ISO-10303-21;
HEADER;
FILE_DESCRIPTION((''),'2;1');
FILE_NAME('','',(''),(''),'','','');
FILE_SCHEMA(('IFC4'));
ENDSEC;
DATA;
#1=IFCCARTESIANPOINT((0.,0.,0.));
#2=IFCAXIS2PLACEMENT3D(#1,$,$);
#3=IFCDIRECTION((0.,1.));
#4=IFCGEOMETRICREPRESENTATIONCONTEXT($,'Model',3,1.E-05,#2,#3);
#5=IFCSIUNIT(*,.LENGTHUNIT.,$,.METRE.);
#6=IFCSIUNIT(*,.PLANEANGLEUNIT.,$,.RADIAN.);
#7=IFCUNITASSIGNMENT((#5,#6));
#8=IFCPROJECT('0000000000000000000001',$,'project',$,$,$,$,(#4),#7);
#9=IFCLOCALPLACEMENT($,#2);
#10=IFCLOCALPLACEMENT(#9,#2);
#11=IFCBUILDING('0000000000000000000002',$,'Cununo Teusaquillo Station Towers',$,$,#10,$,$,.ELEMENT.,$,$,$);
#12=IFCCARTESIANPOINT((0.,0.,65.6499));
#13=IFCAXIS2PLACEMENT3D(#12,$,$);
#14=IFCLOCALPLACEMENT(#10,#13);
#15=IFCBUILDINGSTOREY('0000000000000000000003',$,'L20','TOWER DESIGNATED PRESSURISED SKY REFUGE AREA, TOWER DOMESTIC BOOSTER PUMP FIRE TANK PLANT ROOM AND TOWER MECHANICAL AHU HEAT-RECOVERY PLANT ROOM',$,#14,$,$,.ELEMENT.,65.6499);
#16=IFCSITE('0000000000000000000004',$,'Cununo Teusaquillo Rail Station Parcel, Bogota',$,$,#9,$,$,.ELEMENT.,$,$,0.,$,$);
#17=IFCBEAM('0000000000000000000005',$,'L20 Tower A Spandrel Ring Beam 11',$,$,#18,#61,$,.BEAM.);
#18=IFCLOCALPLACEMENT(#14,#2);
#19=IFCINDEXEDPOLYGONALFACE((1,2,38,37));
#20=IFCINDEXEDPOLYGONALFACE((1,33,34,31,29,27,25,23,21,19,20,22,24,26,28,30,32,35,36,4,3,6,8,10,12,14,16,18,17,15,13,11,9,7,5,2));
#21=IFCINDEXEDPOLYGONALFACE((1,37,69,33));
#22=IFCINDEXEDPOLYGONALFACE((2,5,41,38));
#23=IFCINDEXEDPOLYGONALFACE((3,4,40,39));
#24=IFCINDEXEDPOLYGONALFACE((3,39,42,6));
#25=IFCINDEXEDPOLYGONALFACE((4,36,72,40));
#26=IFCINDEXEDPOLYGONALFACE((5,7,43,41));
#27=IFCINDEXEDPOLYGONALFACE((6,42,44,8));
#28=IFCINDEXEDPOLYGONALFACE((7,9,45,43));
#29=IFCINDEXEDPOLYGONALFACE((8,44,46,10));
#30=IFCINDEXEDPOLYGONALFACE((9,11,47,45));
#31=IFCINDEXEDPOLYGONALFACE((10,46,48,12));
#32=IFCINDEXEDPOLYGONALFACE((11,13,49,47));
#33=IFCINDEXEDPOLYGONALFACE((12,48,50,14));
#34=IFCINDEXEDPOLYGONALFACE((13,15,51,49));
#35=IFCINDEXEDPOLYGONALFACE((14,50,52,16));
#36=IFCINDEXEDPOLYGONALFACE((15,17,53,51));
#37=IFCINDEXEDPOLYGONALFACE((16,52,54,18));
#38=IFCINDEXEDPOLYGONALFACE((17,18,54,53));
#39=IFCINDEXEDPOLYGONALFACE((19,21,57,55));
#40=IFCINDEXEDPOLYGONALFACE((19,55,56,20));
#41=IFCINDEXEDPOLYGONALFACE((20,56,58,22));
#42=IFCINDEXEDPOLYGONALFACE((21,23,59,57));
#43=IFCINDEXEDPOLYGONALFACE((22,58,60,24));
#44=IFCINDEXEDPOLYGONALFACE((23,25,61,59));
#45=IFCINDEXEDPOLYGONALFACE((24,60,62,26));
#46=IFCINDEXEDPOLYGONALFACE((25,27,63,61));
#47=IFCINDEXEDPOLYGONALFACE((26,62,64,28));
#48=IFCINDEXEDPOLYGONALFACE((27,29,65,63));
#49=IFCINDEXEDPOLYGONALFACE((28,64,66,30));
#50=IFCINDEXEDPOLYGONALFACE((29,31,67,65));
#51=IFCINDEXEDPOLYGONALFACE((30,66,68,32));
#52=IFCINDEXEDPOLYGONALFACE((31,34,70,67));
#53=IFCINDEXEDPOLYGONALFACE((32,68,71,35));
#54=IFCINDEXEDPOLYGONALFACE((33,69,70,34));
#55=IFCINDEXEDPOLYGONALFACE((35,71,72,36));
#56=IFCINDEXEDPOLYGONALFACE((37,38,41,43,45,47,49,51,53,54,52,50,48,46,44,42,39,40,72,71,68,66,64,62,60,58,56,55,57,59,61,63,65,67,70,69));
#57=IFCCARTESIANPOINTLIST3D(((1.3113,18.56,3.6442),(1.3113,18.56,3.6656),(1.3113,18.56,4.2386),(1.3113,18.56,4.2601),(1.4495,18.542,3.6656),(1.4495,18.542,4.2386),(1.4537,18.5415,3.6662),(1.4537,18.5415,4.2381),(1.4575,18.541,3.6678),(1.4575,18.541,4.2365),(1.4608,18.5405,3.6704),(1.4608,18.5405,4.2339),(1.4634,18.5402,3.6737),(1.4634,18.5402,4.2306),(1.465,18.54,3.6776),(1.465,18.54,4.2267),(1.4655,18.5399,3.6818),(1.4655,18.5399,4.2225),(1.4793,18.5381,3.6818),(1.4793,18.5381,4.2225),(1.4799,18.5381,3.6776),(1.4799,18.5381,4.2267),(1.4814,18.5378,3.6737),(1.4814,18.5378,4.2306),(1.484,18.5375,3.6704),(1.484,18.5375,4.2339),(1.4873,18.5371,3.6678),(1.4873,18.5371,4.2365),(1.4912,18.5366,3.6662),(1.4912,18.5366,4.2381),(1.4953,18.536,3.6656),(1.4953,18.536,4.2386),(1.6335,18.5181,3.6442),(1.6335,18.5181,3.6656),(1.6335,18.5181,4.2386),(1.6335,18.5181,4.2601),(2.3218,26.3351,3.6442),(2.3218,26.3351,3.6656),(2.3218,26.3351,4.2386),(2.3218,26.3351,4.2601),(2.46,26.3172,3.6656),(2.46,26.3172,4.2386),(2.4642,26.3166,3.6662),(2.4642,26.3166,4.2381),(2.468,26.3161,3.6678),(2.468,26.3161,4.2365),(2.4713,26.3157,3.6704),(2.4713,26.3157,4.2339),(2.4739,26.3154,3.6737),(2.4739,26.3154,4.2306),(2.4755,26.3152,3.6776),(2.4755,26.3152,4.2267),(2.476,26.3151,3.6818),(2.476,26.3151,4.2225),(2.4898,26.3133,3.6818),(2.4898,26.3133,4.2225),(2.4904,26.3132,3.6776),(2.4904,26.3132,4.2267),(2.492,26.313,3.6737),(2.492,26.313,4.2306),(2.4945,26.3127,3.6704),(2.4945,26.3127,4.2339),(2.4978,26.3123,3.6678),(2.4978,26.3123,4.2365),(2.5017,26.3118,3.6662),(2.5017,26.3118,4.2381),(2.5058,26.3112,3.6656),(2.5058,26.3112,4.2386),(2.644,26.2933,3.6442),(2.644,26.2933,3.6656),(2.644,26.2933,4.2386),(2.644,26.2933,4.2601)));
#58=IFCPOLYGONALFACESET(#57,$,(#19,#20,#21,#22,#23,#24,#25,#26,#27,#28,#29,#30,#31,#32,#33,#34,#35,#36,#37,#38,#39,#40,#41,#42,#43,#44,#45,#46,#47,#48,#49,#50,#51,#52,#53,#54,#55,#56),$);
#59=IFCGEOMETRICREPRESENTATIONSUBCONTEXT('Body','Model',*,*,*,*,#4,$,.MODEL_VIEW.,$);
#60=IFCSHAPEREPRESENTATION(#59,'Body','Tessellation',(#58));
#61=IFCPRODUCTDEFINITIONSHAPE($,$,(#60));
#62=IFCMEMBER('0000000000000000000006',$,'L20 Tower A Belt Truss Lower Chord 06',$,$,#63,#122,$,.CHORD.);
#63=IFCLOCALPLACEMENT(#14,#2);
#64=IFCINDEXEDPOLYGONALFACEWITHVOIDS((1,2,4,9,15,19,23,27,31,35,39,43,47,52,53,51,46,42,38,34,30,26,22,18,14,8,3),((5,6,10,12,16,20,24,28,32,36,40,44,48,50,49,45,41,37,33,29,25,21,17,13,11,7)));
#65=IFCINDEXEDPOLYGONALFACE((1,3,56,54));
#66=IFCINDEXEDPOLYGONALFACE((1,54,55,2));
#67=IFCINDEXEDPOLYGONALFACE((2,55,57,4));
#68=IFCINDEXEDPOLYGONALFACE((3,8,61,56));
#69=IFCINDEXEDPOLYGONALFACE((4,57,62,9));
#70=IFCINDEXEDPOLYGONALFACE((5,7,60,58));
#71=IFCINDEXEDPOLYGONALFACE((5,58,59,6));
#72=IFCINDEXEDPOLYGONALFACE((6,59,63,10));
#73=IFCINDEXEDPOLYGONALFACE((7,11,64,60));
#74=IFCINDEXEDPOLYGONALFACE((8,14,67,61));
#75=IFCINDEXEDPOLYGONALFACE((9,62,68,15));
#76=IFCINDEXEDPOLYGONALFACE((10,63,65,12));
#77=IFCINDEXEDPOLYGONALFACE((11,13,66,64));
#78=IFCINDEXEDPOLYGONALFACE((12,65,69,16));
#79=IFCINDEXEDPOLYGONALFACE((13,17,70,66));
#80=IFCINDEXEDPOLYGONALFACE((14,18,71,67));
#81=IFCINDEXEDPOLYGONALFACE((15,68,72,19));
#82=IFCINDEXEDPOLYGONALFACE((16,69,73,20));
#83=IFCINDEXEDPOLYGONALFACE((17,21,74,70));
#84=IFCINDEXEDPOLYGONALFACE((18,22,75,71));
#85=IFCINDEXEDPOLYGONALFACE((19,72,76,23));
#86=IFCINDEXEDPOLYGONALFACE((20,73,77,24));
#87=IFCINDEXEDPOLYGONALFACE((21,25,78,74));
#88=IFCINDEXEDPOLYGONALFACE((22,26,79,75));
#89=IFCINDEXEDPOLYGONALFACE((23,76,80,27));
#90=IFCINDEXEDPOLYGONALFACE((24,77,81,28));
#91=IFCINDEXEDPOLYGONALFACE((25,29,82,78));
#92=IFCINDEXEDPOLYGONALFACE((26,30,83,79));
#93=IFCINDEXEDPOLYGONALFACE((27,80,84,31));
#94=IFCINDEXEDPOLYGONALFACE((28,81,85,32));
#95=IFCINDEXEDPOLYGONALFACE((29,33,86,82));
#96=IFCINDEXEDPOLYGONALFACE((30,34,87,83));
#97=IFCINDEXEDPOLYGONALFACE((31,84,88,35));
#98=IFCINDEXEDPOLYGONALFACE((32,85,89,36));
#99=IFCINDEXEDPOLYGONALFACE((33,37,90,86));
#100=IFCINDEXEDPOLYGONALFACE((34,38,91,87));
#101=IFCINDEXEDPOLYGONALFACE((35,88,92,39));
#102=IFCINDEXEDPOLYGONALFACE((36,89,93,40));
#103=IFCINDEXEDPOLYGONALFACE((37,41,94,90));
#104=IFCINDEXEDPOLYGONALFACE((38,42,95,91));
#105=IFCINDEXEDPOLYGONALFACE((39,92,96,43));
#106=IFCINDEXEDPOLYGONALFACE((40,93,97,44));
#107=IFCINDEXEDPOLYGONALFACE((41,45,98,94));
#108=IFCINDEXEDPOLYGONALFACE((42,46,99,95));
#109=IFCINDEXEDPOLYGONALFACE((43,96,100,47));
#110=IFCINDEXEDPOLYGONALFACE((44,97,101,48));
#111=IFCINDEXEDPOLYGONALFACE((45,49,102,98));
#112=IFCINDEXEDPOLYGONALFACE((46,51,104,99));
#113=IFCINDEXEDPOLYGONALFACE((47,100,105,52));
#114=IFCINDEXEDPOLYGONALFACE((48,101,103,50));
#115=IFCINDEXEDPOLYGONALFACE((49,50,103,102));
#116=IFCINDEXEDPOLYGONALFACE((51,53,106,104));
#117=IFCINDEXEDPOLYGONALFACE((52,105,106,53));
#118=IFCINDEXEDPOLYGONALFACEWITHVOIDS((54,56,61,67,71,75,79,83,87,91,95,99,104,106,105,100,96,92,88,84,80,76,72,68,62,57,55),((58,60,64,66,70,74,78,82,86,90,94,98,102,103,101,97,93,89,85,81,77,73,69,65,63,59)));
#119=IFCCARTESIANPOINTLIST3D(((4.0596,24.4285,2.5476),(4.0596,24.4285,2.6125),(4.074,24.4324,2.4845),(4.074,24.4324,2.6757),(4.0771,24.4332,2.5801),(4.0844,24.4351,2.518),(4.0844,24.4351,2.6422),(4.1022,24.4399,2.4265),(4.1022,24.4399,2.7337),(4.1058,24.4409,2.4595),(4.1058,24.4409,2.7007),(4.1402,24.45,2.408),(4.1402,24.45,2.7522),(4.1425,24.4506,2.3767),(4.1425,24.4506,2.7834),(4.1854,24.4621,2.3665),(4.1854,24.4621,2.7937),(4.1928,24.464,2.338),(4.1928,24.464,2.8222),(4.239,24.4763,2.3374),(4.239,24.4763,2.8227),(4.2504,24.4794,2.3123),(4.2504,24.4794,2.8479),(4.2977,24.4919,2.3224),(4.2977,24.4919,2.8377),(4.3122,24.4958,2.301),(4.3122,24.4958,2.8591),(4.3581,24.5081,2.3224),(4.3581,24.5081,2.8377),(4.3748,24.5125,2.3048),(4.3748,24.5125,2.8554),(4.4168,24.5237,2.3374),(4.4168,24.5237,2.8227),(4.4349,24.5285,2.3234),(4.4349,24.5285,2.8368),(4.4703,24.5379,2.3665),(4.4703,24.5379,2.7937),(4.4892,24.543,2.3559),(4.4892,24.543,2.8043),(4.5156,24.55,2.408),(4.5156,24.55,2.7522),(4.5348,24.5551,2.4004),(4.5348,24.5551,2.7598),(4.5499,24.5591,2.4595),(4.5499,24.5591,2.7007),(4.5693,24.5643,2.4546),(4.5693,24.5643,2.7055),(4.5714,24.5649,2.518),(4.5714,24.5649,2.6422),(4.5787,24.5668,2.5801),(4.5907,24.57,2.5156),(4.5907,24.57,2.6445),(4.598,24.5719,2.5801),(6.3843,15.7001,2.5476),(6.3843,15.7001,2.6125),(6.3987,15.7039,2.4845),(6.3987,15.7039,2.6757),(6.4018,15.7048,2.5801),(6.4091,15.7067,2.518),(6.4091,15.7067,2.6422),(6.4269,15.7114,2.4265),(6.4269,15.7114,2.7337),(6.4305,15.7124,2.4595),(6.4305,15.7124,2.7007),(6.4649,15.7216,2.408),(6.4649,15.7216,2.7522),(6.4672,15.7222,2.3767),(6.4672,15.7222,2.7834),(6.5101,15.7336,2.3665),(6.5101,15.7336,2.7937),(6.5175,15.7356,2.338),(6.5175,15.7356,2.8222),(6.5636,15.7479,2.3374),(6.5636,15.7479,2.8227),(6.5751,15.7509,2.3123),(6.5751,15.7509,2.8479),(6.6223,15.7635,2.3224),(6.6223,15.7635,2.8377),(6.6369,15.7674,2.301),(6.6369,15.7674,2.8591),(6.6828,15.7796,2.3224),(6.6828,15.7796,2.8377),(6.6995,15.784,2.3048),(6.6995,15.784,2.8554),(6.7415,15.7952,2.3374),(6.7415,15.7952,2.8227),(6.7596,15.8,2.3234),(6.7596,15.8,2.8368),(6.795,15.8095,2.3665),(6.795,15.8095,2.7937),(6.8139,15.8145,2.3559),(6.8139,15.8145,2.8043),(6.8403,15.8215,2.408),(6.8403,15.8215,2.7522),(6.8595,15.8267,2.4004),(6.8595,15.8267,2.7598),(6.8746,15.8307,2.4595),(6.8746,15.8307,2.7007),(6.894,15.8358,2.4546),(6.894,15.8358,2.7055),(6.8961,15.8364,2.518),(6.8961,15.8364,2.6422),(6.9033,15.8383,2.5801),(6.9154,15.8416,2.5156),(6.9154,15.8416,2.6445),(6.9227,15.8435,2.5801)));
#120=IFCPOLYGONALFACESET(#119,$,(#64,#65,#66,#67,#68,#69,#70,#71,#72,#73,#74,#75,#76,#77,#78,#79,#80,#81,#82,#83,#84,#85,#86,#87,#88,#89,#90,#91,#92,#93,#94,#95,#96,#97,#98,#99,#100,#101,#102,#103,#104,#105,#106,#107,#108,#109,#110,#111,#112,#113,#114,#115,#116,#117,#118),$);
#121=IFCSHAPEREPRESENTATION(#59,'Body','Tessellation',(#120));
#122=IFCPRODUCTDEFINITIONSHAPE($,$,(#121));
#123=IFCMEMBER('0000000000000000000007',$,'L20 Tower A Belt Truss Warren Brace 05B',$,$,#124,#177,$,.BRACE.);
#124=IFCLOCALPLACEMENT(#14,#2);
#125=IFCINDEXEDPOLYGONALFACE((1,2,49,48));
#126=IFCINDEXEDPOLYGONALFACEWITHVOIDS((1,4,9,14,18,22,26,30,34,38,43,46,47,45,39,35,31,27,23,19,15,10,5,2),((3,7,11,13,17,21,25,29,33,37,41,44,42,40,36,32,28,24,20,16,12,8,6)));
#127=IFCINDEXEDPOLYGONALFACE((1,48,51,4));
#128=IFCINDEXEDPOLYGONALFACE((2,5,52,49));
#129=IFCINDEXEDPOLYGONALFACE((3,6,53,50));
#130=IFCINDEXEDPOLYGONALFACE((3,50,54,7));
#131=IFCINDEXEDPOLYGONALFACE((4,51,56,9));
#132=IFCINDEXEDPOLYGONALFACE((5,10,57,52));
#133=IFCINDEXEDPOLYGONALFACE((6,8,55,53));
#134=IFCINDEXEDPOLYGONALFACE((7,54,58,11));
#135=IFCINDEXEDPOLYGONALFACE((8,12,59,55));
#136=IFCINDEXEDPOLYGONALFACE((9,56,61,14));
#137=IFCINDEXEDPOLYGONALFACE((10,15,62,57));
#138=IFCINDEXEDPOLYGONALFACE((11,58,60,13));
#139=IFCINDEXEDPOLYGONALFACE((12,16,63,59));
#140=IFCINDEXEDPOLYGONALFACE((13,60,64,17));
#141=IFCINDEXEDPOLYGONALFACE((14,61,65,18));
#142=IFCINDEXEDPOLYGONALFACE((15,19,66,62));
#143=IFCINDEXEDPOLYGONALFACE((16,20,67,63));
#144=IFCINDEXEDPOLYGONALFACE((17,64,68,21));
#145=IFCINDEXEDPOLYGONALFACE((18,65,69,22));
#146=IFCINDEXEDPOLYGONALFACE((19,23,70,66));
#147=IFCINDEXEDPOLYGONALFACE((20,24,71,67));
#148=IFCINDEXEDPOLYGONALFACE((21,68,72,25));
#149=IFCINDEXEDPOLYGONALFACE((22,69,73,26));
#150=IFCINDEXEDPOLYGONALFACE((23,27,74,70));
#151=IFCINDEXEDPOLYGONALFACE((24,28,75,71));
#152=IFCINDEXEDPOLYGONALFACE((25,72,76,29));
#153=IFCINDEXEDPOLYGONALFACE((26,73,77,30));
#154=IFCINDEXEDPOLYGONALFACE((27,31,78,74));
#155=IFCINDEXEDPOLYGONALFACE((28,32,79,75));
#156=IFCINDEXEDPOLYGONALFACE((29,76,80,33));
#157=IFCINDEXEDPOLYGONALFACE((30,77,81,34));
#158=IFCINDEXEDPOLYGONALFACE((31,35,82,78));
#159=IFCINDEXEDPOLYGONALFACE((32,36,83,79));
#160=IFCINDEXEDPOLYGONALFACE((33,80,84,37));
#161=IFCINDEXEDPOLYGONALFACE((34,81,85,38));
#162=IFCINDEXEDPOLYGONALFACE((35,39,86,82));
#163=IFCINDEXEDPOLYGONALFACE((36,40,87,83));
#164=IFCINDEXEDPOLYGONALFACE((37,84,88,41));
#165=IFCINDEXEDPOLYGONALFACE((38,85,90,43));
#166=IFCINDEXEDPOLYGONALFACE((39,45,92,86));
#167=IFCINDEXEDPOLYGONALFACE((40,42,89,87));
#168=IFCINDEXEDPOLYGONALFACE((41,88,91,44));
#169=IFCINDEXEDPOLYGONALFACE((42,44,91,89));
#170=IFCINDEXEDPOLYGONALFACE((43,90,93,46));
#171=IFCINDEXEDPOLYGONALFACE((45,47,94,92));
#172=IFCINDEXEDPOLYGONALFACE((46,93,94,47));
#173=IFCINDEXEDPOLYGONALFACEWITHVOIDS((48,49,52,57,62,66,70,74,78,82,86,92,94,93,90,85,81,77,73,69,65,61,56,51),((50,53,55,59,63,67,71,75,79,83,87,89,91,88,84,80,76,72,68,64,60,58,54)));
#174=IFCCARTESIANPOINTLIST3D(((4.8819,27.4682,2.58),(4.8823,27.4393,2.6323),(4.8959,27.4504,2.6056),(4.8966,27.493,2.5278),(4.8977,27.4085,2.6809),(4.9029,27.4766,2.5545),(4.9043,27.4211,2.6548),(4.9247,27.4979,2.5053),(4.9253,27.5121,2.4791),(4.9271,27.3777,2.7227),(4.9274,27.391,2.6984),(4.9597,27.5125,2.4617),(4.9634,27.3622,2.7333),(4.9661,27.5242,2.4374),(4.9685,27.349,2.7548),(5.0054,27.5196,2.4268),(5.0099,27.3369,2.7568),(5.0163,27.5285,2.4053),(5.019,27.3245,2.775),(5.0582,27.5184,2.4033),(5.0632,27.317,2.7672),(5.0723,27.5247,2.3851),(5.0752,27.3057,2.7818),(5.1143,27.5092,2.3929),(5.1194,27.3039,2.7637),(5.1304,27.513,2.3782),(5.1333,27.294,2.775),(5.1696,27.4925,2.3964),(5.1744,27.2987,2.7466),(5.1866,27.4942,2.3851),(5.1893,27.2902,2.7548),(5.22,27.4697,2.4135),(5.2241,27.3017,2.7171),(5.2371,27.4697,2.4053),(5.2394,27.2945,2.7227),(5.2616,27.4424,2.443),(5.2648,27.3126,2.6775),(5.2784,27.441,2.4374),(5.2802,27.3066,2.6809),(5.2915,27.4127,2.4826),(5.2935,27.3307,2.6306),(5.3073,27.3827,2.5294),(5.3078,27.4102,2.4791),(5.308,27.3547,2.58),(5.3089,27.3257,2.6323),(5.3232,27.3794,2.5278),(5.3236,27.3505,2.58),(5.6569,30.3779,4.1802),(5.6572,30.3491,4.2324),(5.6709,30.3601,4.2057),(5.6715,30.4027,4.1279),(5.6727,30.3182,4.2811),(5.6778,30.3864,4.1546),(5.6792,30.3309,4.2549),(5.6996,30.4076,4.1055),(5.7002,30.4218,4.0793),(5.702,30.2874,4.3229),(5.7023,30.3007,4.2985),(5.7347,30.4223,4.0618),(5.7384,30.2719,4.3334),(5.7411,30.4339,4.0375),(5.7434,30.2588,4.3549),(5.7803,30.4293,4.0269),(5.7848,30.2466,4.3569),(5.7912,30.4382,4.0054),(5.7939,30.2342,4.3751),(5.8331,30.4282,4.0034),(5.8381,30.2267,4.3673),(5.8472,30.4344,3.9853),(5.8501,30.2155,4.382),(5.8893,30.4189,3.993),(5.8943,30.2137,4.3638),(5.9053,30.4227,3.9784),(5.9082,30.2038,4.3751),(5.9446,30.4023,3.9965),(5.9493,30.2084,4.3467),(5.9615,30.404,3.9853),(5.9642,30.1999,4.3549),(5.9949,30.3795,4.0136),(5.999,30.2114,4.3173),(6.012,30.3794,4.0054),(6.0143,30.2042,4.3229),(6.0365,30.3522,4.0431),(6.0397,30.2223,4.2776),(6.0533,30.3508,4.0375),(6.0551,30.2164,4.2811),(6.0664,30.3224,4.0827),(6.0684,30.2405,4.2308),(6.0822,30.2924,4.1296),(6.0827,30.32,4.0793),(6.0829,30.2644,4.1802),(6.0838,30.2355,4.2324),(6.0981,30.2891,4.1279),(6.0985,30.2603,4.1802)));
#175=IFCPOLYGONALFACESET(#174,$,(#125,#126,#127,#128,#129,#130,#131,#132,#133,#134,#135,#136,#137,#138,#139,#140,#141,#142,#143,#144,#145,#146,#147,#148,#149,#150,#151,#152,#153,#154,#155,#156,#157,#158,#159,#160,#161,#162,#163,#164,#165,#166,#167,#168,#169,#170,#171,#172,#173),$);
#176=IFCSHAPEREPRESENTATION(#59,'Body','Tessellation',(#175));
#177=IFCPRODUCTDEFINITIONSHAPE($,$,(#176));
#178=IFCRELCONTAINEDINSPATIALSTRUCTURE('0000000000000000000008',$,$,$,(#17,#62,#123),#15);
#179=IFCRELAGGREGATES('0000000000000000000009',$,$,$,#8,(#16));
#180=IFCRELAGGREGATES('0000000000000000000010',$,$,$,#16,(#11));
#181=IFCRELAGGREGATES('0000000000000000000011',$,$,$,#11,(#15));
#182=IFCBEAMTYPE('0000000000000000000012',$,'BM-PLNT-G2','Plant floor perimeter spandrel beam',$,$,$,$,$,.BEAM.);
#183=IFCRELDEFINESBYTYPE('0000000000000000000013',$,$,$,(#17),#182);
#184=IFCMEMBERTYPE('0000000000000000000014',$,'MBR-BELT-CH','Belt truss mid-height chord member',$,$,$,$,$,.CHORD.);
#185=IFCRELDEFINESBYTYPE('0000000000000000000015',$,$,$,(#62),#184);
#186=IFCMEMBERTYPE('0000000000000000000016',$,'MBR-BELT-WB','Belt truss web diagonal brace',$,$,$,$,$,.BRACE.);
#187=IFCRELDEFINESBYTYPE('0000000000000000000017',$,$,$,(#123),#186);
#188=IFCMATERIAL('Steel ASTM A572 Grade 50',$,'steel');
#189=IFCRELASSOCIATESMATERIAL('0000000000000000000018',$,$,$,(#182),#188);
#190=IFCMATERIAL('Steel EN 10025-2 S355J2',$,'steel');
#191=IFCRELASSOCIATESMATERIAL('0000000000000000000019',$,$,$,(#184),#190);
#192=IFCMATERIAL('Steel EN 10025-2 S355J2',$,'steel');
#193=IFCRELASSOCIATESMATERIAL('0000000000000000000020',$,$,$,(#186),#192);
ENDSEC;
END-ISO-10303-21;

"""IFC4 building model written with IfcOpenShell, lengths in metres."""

from ifc_helpers import new_model, si_unit, direction, frame, origin, origin_2d, place, context, subcontext, project, spatial, hollow_circle, i_section, extrude, material, material_profile, profile_set, type_object, element, save


model = new_model("IFC4")

# Units and contexts
model_context = context("Model", 3, precision=1e-05, world=origin(), true_north=direction((0.0, 1.0)))
body_context = subcontext(model_context, "Body", "Model", "MODEL_VIEW")
ifc_project = project(units=[si_unit("LENGTHUNIT", "METRE"), si_unit("PLANEANGLEUNIT", "RADIAN")], contexts=[model_context])

# Site, building, storey
site_placement = place(None, origin())
site = spatial("IfcSite", under=ifc_project, at=site_placement, Name="Cununo Teusaquillo Rail Station Parcel, Bogota", CompositionType="ELEMENT", RefElevation=0.0)
building_placement = place(site_placement, origin())
building = spatial("IfcBuilding", under=site, at=building_placement, Name="Cununo Teusaquillo Station Towers", CompositionType="ELEMENT")
storey_placement = place(building_placement, frame((0.0, 0.0, 65.6499)))
storey = spatial("IfcBuildingStorey", under=building, at=storey_placement, Name="L20", Description="TOWER DESIGNATED PRESSURISED SKY REFUGE AREA, TOWER DOMESTIC BOOSTER PUMP FIRE TANK PLANT ROOM AND TOWER MECHANICAL AHU HEAT-RECOVERY PLANT ROOM", CompositionType="ELEMENT", Elevation=65.6499)

# Beam
ifc_material_1 = material(Name="Steel ASTM A572 Grade 50", Category="steel")
ifc_material_profile_1 = material_profile(ifc_material_1, i_section(OverallWidth=0.325, OverallDepth=0.616, WebThickness=0.0139, FlangeThickness=0.0215, FilletRadius=0.0161, at=origin_2d()), Name="W24X117")
ifc_profile_set_1 = profile_set([ifc_material_profile_1], Name="Steel ASTM A572 Grade 50")
beam_type_1 = type_object("IfcBeamType", Name="BM-PLNT-G2", Description="Plant floor perimeter spandrel beam", PredefinedType="BEAM", material=ifc_profile_set_1)
beam_1_placement = place(storey_placement, frame((2.4829, 26.3142, 3.9521), z_axis=(-0.128881, -0.99166, 0.0), x_axis=(0.99166, -0.128881, 0.0)))
element("IfcBeam", 1, at=beam_1_placement, inside=storey, type_object=beam_type_1, Name="L20 Tower A Spandrel Ring Beam 11", PredefinedType="BEAM", context=body_context, shape_type="SweptSolid", body=[
    extrude(i_section(OverallWidth=0.325, OverallDepth=0.616, WebThickness=0.0139, FlangeThickness=0.0215, FilletRadius=0.0161, at=origin_2d()), origin(), (0.0, 0.0, 1.0), 7.8406),
])

# Members
ifc_material_2 = material(Name="Steel EN 10025-2 S355J2", Category="steel")
ifc_material_profile_2 = material_profile(ifc_material_2, hollow_circle(Radius=0.2795, WallThickness=0.02, at=origin_2d()), Name="CHS 559x20")
ifc_profile_set_2 = profile_set([ifc_material_profile_2], Name="Steel EN 10025-2 S355J2")
member_type_1 = type_object("IfcMemberType", Name="MBR-BELT-CH", Description="Belt truss mid-height chord member", PredefinedType="CHORD", material=ifc_profile_set_2)
member_1_placement = place(storey_placement, frame((4.3279, 24.5, 2.5801), z_axis=(0.257363, -0.966315, 0.0), x_axis=(0.966315, 0.257363, 0.0)))
element("IfcMember", 2, at=member_1_placement, inside=storey, type_object=member_type_1, Name="L20 Tower A Belt Truss Lower Chord 06", PredefinedType="CHORD", context=body_context, shape_type="SweptSolid", body=[
    extrude(hollow_circle(Radius=0.2795, WallThickness=0.02, at=origin_2d()), origin(), (0.0, 0.0, 1.0), 9.0327),
])
ifc_material_3 = material(Name="Steel EN 10025-2 S355J2", Category="steel")
ifc_material_profile_3 = material_profile(ifc_material_3, hollow_circle(Radius=0.2285, WallThickness=0.0161, at=origin_2d()), Name="CHS 457x16")
ifc_profile_set_3 = profile_set([ifc_material_profile_3], Name="Steel EN 10025-2 S355J2")
member_type_2 = type_object("IfcMemberType", Name="MBR-BELT-WB", Description="Belt truss web diagonal brace", PredefinedType="BRACE", material=ifc_profile_set_3)
member_2_placement = place(storey_placement, frame((5.8777, 30.3191, 4.1802), z_axis=(-0.227255, -0.853317, -0.46926), x_axis=(0.966318, -0.25735, 0.0)))
element("IfcMember", 3, at=member_2_placement, inside=storey, type_object=member_type_2, Name="L20 Tower A Belt Truss Warren Brace 05B", PredefinedType="BRACE", context=body_context, shape_type="SweptSolid", body=[
    extrude(hollow_circle(Radius=0.2285, WallThickness=0.0161, at=origin_2d()), origin(), (0.0, 0.0, 1.0), 3.4099),
])

save(model, "model.ifc")
